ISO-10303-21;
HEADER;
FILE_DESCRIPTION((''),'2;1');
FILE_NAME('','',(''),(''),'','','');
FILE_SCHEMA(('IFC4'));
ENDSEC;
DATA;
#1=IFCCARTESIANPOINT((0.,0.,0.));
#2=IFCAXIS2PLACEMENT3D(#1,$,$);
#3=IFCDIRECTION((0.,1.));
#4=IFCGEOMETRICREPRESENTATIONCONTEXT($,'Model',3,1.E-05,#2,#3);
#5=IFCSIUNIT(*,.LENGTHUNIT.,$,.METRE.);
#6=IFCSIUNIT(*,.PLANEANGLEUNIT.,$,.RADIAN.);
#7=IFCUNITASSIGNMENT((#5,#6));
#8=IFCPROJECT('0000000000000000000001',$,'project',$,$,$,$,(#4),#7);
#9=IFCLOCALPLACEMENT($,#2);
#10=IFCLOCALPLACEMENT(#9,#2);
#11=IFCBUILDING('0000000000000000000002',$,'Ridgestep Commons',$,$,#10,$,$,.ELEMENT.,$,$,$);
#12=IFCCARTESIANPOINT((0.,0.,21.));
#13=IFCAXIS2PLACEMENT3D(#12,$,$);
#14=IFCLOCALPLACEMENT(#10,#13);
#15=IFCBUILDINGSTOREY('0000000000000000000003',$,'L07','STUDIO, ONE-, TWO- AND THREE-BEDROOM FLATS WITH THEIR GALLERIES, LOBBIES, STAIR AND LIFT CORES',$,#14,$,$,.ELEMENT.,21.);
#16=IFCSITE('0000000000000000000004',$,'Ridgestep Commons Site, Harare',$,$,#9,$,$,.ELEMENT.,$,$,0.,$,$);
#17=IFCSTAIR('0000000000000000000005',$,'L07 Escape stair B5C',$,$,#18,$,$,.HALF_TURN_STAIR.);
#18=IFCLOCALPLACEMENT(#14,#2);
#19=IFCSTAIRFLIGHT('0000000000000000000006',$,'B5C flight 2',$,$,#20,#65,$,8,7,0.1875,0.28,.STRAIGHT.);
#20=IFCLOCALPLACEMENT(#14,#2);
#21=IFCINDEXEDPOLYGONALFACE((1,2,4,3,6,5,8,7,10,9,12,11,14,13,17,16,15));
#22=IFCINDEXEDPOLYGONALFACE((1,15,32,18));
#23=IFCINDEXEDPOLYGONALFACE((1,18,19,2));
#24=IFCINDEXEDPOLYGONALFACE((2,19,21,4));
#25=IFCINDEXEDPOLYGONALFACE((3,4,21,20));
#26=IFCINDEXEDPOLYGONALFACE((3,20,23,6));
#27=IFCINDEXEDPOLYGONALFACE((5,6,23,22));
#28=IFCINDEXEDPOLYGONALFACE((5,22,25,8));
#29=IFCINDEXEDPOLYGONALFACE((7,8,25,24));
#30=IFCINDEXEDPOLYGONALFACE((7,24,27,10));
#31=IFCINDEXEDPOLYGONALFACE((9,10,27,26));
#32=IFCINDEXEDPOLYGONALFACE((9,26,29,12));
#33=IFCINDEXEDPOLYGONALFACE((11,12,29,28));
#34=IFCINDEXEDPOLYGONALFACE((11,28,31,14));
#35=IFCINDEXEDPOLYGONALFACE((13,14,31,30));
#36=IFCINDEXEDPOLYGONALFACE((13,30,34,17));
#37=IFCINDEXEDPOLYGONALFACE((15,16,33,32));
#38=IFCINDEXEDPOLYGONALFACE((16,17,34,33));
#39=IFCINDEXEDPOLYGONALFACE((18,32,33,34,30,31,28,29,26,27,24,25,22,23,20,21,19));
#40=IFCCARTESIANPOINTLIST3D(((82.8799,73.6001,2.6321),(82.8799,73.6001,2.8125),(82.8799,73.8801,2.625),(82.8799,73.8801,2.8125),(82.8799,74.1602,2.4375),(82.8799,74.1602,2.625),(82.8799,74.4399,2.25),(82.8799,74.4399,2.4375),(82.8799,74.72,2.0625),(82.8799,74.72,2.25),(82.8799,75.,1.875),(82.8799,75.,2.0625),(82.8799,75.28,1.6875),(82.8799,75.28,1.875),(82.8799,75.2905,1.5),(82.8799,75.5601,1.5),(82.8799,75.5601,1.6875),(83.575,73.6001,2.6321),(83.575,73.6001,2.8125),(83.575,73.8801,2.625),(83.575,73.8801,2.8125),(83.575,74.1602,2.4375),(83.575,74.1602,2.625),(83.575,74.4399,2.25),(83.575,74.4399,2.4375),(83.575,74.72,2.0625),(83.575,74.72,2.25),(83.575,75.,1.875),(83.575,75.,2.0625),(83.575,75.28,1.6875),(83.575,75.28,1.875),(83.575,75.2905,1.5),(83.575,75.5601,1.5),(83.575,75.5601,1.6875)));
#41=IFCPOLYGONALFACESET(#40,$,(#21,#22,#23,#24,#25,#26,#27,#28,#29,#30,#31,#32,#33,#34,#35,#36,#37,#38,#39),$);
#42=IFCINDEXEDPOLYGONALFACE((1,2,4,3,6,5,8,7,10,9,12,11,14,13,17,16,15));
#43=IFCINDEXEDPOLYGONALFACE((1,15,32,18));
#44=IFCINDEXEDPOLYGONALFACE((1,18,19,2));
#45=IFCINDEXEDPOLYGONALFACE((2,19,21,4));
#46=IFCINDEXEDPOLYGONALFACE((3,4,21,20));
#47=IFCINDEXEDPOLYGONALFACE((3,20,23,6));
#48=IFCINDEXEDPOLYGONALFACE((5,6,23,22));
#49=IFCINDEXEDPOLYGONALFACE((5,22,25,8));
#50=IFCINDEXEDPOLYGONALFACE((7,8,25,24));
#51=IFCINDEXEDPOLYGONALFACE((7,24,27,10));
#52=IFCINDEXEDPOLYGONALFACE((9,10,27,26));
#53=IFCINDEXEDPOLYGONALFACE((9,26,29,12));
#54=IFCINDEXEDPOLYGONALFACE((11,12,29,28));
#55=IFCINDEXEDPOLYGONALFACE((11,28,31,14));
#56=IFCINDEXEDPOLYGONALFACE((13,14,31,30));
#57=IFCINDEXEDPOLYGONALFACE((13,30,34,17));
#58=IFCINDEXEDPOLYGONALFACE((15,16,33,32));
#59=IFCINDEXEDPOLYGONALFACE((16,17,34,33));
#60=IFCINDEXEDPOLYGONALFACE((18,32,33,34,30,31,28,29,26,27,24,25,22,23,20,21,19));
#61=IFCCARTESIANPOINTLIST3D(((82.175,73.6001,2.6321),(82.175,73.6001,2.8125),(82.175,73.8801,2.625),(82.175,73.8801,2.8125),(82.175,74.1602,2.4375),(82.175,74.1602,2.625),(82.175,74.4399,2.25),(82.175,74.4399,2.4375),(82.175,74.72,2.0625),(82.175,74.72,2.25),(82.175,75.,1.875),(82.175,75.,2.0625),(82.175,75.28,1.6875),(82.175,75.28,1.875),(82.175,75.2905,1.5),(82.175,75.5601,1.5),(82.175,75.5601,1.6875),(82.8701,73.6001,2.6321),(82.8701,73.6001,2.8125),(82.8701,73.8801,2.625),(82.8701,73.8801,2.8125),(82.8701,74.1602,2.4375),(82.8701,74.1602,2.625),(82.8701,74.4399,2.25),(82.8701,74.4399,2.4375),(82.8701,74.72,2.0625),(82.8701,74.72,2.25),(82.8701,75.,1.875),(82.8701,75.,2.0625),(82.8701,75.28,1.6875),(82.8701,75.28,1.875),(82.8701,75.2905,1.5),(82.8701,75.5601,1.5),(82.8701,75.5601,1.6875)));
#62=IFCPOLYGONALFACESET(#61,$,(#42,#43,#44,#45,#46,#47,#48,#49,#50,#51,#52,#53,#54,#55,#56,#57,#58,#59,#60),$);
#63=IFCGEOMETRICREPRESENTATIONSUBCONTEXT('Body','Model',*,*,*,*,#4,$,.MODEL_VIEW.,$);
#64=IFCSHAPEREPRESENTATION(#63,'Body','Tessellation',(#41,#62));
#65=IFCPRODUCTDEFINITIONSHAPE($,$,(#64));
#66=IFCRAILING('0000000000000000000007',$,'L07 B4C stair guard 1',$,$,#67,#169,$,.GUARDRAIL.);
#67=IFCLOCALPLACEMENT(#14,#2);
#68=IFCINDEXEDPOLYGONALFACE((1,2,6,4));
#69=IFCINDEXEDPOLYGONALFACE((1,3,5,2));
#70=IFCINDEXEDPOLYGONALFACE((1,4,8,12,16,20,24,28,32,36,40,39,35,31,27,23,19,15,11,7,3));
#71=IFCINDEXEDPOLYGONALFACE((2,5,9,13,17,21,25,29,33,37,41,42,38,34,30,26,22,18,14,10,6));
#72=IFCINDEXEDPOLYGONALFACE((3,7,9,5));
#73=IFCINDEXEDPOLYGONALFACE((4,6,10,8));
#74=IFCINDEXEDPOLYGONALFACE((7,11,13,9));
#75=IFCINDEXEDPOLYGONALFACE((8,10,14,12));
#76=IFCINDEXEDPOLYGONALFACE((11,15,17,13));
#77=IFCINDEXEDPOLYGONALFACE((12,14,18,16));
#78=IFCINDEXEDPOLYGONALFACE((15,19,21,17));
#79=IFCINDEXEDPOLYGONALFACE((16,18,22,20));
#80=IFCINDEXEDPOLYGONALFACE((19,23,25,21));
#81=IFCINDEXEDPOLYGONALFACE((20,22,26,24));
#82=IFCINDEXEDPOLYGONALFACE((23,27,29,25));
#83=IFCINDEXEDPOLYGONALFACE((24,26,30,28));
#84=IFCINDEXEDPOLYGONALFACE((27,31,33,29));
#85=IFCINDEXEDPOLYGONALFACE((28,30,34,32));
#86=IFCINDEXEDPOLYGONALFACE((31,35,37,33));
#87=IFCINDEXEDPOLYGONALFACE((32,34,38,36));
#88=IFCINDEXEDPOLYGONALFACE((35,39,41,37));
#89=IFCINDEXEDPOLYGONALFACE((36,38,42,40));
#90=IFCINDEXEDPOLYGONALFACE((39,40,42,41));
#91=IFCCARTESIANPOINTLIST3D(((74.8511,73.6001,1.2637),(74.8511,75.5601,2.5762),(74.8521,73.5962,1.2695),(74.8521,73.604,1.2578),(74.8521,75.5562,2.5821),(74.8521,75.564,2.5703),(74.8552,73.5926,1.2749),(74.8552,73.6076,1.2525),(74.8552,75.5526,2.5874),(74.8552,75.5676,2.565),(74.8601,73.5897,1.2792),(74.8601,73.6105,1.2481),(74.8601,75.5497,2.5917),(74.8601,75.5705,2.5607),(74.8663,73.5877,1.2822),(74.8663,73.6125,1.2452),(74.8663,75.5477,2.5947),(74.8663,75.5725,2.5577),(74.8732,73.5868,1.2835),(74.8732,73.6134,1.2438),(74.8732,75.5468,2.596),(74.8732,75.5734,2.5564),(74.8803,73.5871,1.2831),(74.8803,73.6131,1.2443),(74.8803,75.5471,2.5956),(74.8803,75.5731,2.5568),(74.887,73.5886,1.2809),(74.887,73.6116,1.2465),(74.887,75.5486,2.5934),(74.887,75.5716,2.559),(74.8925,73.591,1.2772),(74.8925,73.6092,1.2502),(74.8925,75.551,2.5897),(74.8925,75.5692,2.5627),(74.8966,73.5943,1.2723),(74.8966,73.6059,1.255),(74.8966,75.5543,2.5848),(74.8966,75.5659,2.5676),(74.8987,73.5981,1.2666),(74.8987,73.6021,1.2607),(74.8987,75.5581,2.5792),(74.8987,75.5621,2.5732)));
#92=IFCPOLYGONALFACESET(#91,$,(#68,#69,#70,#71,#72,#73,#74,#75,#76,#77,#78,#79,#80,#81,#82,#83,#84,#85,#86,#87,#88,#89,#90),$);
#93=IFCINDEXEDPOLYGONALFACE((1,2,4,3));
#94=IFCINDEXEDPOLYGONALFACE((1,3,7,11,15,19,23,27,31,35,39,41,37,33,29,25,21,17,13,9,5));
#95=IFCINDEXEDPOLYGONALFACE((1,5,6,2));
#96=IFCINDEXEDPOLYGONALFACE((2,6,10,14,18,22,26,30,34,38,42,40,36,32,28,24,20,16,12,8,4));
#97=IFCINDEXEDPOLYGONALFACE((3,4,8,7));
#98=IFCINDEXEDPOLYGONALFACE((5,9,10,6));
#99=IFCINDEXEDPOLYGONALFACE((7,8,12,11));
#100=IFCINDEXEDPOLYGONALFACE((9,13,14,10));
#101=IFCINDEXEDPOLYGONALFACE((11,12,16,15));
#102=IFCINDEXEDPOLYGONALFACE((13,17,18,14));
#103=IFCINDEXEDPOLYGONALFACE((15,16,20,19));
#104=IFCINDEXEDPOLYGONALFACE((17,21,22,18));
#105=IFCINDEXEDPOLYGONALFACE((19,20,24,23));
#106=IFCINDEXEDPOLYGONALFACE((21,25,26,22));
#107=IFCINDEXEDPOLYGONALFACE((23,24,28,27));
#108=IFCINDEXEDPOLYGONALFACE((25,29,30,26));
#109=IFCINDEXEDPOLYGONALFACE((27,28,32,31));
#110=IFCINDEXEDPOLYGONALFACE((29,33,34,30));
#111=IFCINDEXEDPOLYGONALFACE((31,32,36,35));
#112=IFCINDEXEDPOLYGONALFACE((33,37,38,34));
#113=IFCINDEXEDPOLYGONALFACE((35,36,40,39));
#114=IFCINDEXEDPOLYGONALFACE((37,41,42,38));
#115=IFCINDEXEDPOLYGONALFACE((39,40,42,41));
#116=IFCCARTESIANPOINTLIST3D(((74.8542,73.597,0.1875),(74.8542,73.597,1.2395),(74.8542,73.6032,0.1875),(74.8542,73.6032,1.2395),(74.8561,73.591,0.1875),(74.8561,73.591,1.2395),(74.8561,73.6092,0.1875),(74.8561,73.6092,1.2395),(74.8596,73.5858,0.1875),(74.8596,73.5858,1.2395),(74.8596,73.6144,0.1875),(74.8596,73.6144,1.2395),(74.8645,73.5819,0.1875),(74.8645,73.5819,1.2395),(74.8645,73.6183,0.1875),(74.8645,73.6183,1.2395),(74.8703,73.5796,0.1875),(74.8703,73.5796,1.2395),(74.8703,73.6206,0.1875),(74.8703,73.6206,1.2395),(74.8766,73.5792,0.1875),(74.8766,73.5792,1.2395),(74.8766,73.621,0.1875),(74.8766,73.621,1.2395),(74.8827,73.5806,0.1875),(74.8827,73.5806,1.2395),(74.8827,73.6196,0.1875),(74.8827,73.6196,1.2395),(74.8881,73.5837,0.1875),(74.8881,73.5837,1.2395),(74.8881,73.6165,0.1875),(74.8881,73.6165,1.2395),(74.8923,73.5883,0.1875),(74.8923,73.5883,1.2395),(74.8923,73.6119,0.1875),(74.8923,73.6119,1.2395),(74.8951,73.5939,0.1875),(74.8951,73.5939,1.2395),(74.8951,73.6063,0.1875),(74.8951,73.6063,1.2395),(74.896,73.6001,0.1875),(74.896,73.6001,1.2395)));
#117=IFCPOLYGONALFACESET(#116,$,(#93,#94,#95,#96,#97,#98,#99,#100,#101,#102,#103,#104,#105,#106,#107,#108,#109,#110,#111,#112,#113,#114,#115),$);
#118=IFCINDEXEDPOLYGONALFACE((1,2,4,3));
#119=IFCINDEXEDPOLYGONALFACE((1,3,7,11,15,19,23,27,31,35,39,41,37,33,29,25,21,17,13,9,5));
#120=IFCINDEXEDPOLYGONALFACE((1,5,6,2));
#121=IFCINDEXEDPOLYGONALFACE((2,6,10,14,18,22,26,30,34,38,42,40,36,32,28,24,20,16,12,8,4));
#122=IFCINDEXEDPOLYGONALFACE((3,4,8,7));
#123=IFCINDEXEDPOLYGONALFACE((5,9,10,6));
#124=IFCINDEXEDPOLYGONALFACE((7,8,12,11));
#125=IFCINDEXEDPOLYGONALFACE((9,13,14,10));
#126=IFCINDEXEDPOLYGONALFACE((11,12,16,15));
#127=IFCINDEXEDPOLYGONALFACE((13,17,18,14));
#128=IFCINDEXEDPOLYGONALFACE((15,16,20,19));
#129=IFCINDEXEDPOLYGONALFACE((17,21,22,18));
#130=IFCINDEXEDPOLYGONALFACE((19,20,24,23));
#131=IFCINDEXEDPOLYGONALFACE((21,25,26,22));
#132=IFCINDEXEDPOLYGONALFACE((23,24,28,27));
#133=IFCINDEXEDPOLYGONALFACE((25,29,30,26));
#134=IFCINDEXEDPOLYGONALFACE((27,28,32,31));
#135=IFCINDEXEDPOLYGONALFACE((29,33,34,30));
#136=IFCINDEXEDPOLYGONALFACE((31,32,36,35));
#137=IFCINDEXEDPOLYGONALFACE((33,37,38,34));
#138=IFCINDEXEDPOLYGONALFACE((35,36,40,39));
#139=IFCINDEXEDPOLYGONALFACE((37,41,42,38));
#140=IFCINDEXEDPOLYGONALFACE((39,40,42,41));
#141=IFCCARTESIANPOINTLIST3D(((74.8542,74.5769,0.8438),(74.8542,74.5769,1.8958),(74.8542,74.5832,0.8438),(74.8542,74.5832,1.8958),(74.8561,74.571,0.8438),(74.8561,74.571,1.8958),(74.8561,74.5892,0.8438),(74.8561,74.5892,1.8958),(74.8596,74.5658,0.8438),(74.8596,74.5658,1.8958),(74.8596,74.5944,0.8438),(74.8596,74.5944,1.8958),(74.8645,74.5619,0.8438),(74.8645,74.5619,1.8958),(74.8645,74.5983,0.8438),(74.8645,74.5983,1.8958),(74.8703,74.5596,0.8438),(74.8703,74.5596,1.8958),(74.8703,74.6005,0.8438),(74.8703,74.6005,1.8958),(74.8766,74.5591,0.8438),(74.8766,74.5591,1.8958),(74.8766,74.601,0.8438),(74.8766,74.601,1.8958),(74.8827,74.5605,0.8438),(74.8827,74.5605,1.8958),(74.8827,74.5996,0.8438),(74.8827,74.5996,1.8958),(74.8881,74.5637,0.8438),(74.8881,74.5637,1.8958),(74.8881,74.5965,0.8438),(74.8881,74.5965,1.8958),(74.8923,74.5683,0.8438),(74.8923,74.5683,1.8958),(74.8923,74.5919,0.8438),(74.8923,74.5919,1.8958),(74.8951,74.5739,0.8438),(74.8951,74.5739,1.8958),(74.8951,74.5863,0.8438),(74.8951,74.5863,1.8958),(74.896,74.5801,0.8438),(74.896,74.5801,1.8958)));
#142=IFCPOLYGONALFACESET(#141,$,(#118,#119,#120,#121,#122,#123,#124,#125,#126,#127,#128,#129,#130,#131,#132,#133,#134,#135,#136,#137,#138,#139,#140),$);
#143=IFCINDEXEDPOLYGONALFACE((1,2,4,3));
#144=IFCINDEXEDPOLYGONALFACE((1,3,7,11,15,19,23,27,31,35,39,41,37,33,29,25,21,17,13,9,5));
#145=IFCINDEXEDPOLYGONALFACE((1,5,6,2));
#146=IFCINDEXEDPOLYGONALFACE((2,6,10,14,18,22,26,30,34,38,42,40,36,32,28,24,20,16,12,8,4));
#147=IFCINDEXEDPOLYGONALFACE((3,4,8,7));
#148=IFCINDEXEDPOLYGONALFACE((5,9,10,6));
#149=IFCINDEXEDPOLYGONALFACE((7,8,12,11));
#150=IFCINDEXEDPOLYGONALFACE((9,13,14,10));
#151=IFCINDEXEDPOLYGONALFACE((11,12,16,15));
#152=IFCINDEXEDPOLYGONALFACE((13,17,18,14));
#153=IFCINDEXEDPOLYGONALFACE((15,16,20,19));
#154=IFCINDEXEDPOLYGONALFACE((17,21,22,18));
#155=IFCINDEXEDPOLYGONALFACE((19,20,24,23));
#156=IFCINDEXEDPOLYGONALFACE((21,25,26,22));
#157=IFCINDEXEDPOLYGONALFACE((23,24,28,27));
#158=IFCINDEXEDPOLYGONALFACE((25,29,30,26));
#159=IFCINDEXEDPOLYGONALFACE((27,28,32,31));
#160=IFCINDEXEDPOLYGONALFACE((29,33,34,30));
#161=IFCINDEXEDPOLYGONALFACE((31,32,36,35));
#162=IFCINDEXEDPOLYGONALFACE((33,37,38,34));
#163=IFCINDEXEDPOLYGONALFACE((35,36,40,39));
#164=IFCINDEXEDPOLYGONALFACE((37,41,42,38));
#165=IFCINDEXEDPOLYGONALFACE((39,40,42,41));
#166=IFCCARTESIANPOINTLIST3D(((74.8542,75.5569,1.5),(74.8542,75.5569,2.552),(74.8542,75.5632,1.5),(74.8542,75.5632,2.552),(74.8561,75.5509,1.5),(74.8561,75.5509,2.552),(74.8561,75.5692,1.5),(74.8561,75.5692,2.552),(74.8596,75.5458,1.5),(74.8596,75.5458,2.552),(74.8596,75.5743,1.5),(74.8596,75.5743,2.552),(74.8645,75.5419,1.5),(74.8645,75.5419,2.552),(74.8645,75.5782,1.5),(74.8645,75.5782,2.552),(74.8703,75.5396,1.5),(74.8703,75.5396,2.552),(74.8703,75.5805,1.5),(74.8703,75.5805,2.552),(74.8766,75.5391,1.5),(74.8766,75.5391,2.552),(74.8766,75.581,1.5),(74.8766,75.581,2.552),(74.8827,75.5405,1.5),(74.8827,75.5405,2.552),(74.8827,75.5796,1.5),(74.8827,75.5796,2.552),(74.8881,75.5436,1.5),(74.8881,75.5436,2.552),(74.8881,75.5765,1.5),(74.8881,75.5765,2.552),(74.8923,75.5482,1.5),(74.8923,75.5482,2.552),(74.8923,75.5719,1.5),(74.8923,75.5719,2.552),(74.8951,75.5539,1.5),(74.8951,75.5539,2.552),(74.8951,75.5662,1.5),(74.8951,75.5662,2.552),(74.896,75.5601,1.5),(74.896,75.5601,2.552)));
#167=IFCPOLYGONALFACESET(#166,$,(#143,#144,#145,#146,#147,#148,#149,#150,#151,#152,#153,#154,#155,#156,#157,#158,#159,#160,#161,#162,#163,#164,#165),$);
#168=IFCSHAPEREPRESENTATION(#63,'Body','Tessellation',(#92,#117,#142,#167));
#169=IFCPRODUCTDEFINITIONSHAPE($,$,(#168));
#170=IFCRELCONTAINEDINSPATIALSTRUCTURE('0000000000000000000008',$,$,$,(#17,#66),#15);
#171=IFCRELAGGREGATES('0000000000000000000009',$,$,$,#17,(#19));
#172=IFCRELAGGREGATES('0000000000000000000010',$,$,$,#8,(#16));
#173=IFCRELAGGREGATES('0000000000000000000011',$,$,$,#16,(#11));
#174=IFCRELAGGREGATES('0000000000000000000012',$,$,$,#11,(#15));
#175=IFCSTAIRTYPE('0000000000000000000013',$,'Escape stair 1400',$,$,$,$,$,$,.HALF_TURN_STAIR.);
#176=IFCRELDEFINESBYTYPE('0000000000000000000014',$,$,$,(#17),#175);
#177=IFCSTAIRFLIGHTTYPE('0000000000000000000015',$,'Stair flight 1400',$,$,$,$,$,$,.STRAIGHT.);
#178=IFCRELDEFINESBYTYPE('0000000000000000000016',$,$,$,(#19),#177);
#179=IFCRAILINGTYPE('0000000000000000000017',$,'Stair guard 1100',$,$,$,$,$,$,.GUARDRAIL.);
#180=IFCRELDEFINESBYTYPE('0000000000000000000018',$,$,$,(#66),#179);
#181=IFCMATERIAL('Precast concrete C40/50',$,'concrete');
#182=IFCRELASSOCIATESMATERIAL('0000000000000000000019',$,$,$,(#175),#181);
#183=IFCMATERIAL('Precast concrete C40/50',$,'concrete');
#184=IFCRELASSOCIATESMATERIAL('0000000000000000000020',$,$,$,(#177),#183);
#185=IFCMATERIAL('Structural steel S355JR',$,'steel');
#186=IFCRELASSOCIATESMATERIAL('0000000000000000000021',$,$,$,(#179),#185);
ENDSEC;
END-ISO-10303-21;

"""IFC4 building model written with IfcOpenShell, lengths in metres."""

from ifc_helpers import new_model, si_unit, direction, frame, origin, origin_2d, place, context, subcontext, project, spatial, polyline, circle, outline, extrude, material, type_object, element, aggregate, save


model = new_model("IFC4")

# Units and contexts
model_context = context("Model", 3, precision=1e-05, world=origin(), true_north=direction((0.0, 1.0)))
body_context = subcontext(model_context, "Body", "Model", "MODEL_VIEW")
ifc_project = project(units=[si_unit("LENGTHUNIT", "METRE"), si_unit("PLANEANGLEUNIT", "RADIAN")], contexts=[model_context])

# Site, building, storey
site_placement = place(None, origin())
site = spatial("IfcSite", under=ifc_project, at=site_placement, Name="Ridgestep Commons Site, Harare", CompositionType="ELEMENT", RefElevation=0.0)
building_placement = place(site_placement, origin())
building = spatial("IfcBuilding", under=site, at=building_placement, Name="Ridgestep Commons", CompositionType="ELEMENT")
storey_placement = place(building_placement, frame((0.0, 0.0, 21.0)))
storey = spatial("IfcBuildingStorey", under=building, at=storey_placement, Name="L07", Description="STUDIO, ONE-, TWO- AND THREE-BEDROOM FLATS WITH THEIR GALLERIES, LOBBIES, STAIR AND LIFT CORES", CompositionType="ELEMENT", Elevation=21.0)

# Shared definitions
ifc_material_1 = material(Name="Precast concrete C40/50", Category="concrete")
stair_type = type_object("IfcStairType", Name="Escape stair 1400", PredefinedType="HALF_TURN_STAIR", material=ifc_material_1)
ifc_material_2 = material(Name="Precast concrete C40/50", Category="concrete")
stair_flight_type = type_object("IfcStairFlightType", Name="Stair flight 1400", PredefinedType="STRAIGHT", material=ifc_material_2)

# Stair, stair flight
stair_1_placement = place(storey_placement, origin())
stair_1 = element("IfcStair", 1, at=stair_1_placement, inside=storey, type_object=stair_type, Name="L07 Escape stair B5C", PredefinedType="HALF_TURN_STAIR")
stair_flight_1_placement = place(storey_placement, frame((82.875, 75.5601, 1.5), z_axis=(0.0, 0.0, 1.0), x_axis=(0.0, -1.0, 0.0)))
stair_flight_1 = element("IfcStairFlight", 2, at=stair_flight_1_placement, type_object=stair_flight_type, Name="B5C flight 2", NumberOfRisers=8, NumberOfTreads=7, PredefinedType="STRAIGHT", RiserHeight=0.1875, TreadLength=0.28, context=body_context, shape_type="SweptSolid", body=[
    extrude(outline(polyline([(0.0, 0.0), (0.0, 0.1875), (0.28, 0.1875), (0.28, 0.375), (0.5601, 0.375), (0.5601, 0.5625), (0.8401, 0.5625), (0.8401, 0.75), (1.1201, 0.75), (1.1201, 0.9375), (1.3999, 0.9375), (1.3999, 1.125), (1.6799, 1.125), (1.6799, 1.3125), (1.96, 1.3125), (1.96, 1.5), (1.96, 1.1321), (0.2695, 0.0), (0.0, 0.0)])), frame((0.0, 0.7, 0.0), z_axis=(0.0, -1.0, 0.0), x_axis=(1.0, 0.0, 0.0)), (0.0, 0.0, 1.0), 0.6951),
    extrude(outline(polyline([(0.0, 0.0), (0.0, 0.1875), (0.28, 0.1875), (0.28, 0.375), (0.5601, 0.375), (0.5601, 0.5625), (0.8401, 0.5625), (0.8401, 0.75), (1.1201, 0.75), (1.1201, 0.9375), (1.3999, 0.9375), (1.3999, 1.125), (1.6799, 1.125), (1.6799, 1.3125), (1.96, 1.3125), (1.96, 1.5), (1.96, 1.1321), (0.2695, 0.0), (0.0, 0.0)])), frame((0.0, -0.0049, 0.0), z_axis=(0.0, -1.0, 0.0), x_axis=(1.0, 0.0, 0.0)), (0.0, 0.0, 1.0), 0.6951),
])
aggregate(stair_1, [stair_flight_1])

# Railing
ifc_material_3 = material(Name="Structural steel S355JR", Category="steel")
railing_type_1 = type_object("IfcRailingType", Name="Stair guard 1100", PredefinedType="GUARDRAIL", material=ifc_material_3)
railing_1_placement = place(storey_placement, frame((74.875, 73.6001, 0.1875)))
element("IfcRailing", 3, at=railing_1_placement, inside=storey, type_object=railing_type_1, Name="L07 B4C stair guard 1", PredefinedType="GUARDRAIL", context=body_context, shape_type="SweptSolid", body=[
    extrude(circle(Radius=0.0239, at=origin_2d()), frame((0.0, 0.0, 1.0762), z_axis=(0.0, 0.830902, 0.556419), x_axis=(-1.0, 0.0, 0.0)), (0.0, 0.0, 1.0), 2.3589),
    extrude(circle(Radius=0.021, at=origin_2d()), origin(), (0.0, 0.0, 1.0), 1.052),
    extrude(circle(Radius=0.021, at=origin_2d()), frame((0.0, 0.98, 0.6562)), (0.0, 0.0, 1.0), 1.052),
    extrude(circle(Radius=0.021, at=origin_2d()), frame((0.0, 1.96, 1.3125)), (0.0, 0.0, 1.0), 1.052),
])

save(model, "model.ifc")
